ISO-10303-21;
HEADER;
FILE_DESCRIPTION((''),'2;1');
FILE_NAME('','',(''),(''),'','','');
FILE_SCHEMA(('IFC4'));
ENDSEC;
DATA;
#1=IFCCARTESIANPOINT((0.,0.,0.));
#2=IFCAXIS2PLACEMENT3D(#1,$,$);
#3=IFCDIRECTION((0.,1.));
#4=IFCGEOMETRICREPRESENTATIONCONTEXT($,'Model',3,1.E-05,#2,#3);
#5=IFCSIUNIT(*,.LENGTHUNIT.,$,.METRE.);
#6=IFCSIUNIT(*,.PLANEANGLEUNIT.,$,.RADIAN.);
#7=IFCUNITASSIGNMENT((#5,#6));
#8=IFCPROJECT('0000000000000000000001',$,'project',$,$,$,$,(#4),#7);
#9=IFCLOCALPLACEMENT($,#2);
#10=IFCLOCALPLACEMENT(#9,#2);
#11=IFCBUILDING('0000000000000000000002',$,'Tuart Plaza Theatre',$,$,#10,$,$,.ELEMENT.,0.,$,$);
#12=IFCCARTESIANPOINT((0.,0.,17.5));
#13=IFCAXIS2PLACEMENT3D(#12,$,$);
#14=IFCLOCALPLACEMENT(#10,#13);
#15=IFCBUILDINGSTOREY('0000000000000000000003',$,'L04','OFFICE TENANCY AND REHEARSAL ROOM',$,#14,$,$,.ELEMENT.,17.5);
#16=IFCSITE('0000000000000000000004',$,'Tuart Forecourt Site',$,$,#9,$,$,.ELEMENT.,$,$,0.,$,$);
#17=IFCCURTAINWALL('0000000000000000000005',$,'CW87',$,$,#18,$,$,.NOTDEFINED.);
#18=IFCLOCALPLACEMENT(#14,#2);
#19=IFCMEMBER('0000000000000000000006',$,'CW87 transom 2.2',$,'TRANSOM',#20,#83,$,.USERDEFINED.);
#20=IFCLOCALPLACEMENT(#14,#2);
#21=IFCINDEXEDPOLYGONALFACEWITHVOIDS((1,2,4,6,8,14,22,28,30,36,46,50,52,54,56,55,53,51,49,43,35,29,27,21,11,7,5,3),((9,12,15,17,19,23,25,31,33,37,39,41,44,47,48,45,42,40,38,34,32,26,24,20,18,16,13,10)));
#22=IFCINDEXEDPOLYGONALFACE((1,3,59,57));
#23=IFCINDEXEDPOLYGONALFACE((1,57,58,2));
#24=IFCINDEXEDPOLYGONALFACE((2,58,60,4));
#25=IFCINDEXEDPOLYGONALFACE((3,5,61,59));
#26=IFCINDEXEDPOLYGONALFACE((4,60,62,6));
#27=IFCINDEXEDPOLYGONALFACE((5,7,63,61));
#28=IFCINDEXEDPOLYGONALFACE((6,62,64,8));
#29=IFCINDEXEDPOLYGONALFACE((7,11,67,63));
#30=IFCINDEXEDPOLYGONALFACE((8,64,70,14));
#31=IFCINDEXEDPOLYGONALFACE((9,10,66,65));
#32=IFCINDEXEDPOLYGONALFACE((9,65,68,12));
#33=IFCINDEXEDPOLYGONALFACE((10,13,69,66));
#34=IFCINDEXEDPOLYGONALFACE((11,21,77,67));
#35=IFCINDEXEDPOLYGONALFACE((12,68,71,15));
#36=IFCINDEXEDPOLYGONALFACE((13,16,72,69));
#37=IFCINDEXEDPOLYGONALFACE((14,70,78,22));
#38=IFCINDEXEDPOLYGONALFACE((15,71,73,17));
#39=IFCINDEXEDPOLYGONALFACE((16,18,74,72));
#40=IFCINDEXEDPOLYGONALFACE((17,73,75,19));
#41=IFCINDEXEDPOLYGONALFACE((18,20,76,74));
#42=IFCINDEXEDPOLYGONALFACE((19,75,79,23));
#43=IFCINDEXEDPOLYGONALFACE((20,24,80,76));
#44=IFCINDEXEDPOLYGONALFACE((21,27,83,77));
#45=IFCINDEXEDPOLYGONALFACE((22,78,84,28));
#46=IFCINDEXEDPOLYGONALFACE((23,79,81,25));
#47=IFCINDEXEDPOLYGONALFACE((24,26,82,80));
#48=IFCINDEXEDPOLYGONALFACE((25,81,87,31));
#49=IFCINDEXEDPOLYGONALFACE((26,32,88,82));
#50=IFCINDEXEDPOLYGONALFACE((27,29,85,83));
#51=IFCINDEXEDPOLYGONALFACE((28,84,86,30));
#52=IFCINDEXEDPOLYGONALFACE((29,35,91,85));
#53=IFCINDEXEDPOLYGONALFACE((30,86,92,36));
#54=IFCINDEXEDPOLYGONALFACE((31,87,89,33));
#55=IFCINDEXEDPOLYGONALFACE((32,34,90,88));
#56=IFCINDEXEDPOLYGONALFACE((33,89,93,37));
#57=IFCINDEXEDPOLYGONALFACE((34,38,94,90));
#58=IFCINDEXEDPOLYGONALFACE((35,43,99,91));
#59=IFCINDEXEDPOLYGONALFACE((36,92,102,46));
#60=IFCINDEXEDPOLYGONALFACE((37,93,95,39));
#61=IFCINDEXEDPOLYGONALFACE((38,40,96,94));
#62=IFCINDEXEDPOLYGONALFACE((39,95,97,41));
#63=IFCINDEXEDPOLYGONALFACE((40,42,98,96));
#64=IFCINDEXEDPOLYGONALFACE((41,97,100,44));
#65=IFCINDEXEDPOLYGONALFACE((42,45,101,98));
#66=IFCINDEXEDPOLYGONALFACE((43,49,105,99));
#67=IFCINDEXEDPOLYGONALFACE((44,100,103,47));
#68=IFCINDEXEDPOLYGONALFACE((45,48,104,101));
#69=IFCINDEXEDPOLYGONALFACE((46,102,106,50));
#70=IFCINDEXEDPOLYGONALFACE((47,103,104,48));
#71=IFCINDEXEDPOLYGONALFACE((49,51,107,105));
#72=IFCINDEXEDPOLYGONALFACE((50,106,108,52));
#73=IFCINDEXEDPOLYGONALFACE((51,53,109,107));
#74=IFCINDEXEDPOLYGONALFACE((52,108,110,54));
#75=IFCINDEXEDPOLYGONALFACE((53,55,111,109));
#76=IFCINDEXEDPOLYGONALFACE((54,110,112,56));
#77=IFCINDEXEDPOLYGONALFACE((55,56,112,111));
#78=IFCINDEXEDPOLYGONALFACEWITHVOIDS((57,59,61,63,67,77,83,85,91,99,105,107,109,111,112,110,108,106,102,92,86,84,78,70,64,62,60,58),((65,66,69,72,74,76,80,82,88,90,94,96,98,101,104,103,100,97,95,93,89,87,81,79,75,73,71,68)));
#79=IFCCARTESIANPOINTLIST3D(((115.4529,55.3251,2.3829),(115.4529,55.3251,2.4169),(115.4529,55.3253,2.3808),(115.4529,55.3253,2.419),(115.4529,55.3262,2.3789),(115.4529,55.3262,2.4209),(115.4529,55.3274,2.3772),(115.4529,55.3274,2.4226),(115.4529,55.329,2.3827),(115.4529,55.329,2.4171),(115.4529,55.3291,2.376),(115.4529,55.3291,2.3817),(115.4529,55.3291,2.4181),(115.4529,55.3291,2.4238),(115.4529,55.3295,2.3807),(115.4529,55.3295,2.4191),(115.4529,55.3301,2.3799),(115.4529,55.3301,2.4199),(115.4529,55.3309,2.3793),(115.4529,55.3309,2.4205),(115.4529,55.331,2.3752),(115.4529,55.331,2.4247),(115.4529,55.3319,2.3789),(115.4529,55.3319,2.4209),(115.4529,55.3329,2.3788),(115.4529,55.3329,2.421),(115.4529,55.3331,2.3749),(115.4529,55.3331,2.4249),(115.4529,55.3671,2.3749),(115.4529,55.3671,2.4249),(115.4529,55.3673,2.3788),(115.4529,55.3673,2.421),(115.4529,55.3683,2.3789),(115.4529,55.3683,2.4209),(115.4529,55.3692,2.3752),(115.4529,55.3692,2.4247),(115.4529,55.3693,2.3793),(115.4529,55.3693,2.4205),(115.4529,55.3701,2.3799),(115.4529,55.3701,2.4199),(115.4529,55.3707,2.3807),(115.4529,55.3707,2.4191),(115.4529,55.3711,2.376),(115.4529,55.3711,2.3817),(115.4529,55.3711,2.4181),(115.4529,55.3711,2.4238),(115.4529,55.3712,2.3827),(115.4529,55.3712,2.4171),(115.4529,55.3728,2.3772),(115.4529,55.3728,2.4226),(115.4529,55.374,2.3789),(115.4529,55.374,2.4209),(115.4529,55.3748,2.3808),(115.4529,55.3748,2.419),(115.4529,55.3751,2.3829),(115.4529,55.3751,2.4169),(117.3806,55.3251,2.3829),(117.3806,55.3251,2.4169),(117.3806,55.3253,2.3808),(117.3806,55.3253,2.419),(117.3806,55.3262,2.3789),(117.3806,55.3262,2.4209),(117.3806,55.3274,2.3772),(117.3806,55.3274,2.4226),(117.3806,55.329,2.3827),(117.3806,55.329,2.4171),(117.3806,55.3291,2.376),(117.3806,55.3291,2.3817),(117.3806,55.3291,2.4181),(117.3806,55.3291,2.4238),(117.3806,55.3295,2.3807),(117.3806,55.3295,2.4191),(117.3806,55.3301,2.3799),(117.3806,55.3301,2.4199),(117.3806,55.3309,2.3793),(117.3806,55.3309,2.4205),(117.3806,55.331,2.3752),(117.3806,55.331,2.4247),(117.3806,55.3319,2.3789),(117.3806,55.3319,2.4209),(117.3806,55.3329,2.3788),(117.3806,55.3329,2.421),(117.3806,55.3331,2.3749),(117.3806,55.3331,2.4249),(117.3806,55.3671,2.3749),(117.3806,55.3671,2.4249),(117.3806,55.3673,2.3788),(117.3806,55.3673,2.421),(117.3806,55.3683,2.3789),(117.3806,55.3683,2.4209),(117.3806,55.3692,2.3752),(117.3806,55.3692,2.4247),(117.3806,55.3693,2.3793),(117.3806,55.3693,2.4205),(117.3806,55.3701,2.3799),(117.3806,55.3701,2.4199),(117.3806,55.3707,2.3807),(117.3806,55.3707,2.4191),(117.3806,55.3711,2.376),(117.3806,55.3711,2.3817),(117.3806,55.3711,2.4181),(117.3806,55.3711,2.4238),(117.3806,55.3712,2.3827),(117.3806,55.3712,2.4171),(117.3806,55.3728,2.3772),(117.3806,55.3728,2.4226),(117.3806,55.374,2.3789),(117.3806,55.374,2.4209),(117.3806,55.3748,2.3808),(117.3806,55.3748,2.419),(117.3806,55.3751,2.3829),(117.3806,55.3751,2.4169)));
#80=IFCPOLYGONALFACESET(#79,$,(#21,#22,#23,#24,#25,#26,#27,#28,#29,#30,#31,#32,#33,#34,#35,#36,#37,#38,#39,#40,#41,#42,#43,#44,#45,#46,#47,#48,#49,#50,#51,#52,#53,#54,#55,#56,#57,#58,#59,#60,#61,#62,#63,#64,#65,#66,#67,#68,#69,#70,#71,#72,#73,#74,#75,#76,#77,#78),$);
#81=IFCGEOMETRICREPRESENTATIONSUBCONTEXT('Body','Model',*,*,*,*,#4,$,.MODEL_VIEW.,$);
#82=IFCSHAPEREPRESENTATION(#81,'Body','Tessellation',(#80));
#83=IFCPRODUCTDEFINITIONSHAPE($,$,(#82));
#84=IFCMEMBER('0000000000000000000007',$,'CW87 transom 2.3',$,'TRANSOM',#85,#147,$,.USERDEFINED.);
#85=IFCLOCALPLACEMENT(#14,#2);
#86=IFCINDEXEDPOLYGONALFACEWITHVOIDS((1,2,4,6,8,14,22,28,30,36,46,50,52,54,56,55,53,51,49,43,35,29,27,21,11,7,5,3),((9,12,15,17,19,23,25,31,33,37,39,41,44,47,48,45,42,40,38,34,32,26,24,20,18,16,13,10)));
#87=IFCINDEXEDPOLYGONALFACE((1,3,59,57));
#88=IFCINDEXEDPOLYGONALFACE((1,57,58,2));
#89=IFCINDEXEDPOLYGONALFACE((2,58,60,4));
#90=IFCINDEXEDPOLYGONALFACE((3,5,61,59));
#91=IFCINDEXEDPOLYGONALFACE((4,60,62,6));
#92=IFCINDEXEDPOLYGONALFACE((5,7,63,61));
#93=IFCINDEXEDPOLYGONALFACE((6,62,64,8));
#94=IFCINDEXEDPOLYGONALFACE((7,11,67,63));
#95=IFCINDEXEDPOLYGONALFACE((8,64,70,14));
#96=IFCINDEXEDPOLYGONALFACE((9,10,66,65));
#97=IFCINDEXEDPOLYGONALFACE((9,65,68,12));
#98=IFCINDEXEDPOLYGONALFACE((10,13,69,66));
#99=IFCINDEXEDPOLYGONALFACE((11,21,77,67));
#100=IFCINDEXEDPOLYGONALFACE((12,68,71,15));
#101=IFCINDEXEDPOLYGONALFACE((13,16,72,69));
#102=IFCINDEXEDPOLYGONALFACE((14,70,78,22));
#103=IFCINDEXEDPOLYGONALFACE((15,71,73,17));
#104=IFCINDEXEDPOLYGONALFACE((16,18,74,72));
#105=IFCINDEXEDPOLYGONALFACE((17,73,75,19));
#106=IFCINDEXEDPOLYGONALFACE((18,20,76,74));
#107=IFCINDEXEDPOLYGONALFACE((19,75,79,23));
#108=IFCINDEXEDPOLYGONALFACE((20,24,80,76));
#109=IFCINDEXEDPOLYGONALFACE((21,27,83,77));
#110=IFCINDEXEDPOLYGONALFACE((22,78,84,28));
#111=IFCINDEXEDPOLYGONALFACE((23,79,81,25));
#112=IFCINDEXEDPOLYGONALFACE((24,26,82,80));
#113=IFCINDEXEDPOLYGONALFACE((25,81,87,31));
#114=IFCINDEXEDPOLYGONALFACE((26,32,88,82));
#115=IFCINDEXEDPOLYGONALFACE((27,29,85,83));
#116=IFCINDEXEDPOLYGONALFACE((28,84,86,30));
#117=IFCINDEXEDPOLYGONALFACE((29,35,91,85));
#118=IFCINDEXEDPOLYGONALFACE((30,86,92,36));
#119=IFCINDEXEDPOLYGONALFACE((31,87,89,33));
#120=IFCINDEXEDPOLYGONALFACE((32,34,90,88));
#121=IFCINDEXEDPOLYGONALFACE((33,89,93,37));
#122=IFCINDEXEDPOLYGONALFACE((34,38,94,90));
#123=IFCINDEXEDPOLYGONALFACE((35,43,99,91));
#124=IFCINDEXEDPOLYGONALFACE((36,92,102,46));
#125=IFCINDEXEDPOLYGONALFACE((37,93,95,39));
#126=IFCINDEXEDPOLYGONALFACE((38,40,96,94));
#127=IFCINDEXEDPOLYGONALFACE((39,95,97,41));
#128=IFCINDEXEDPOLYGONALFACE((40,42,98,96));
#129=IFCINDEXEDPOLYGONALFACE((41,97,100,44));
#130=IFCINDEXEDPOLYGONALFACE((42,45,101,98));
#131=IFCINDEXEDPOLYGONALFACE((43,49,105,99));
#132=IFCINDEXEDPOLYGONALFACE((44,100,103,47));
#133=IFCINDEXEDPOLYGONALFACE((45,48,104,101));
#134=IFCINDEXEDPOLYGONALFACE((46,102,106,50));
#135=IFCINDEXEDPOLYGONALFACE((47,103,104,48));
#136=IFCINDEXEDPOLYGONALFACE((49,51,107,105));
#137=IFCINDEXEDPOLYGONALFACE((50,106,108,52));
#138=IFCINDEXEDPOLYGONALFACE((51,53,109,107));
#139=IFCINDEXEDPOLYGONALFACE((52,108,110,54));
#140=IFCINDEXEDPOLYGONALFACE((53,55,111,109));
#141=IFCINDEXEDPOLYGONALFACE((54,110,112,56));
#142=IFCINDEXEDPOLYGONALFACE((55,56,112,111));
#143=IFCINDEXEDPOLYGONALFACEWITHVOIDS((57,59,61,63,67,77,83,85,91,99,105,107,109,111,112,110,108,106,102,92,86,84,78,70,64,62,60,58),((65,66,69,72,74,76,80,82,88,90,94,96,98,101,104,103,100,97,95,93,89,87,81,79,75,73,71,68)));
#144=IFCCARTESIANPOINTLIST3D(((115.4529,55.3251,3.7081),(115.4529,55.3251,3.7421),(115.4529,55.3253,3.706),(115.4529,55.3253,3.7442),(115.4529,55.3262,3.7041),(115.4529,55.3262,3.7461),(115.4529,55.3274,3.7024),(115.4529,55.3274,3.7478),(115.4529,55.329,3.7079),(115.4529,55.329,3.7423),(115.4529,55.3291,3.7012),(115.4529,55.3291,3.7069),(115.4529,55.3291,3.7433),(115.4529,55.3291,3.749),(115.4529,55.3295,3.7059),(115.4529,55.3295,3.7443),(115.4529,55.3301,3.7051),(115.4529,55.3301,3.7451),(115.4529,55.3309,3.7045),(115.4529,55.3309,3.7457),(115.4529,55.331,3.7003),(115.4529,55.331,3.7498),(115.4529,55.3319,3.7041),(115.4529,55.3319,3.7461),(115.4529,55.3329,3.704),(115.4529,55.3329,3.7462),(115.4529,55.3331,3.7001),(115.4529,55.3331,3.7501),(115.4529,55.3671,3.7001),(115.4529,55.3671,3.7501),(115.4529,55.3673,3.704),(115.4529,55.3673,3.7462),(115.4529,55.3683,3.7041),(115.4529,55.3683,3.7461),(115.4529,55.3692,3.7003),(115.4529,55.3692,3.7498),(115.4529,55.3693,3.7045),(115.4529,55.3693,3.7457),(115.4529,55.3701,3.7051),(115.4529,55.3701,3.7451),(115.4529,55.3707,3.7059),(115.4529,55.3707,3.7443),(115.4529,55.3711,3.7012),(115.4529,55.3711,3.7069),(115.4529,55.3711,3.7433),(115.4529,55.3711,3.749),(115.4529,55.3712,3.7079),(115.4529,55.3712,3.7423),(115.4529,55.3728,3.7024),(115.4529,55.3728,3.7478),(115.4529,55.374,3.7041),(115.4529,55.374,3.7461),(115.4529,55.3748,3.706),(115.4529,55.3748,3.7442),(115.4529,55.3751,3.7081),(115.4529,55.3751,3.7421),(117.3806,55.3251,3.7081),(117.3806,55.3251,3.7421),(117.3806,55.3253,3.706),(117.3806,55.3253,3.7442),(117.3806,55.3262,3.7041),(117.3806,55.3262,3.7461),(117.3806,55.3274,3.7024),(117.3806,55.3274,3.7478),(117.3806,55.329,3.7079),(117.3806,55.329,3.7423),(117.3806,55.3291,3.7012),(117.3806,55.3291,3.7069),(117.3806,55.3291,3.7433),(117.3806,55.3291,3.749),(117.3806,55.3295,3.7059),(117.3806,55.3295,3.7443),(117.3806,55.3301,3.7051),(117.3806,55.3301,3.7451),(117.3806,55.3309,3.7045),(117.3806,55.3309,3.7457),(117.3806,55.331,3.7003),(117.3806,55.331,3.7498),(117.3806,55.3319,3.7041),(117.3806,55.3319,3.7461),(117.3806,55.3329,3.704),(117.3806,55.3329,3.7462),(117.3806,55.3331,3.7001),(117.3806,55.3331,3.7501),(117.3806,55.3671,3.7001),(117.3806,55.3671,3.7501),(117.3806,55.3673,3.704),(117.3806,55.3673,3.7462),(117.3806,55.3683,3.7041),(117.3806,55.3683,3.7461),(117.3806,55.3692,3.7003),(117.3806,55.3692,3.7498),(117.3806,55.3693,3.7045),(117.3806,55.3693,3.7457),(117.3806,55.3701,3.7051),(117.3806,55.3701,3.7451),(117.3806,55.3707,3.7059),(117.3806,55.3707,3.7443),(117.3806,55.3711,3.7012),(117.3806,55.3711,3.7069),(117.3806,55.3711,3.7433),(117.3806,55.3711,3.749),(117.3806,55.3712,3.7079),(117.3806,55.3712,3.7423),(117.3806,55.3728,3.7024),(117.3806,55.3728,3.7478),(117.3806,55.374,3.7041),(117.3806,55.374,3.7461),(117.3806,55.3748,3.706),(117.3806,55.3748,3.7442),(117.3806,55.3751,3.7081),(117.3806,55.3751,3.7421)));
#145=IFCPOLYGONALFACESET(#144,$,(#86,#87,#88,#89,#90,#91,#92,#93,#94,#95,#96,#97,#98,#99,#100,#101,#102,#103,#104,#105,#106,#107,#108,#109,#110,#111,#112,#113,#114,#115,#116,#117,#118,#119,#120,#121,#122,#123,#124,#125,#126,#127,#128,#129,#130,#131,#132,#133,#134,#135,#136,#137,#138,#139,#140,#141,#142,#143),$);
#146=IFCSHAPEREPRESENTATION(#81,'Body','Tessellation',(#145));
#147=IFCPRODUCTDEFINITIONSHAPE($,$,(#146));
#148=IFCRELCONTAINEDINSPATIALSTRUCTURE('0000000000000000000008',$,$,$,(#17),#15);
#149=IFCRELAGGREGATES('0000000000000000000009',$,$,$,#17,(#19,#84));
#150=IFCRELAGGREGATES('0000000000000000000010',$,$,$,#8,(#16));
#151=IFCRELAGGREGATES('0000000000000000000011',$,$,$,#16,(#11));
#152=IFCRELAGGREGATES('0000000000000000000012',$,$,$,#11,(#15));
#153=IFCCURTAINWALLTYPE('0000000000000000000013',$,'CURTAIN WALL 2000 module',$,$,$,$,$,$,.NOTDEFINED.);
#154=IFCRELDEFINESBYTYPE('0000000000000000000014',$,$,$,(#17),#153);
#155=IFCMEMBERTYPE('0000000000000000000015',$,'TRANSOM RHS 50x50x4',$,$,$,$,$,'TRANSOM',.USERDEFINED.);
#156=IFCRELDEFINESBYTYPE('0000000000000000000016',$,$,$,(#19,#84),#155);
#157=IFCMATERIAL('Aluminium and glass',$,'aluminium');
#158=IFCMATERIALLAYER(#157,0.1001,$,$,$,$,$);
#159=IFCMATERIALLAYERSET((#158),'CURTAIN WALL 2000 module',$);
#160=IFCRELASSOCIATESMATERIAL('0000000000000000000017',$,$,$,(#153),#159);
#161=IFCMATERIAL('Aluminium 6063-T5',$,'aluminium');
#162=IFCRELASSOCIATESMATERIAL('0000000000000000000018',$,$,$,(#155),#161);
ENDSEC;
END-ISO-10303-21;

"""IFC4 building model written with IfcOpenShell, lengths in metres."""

from ifc_helpers import new_model, si_unit, direction, frame, origin, origin_2d, place, context, subcontext, project, spatial, hollow_rectangle, extrude, material, layer, layer_set, material_profile, profile_set, type_object, element, aggregate, save


model = new_model("IFC4")

# Units and contexts
model_context = context("Model", 3, precision=1e-05, world=origin(), true_north=direction((0.0, 1.0)))
body_context = subcontext(model_context, "Body", "Model", "MODEL_VIEW")
ifc_project = project(units=[si_unit("LENGTHUNIT", "METRE"), si_unit("PLANEANGLEUNIT", "RADIAN")], contexts=[model_context])

# Site, building, storey
site_placement = place(None, origin())
site = spatial("IfcSite", under=ifc_project, at=site_placement, Name="Tuart Forecourt Site", CompositionType="ELEMENT", RefElevation=0.0)
building_placement = place(site_placement, origin())
building = spatial("IfcBuilding", under=site, at=building_placement, Name="Tuart Plaza Theatre", CompositionType="ELEMENT", ElevationOfRefHeight=0.0)
storey_placement = place(building_placement, frame((0.0, 0.0, 17.5)))
storey = spatial("IfcBuildingStorey", under=building, at=storey_placement, Name="L04", Description="OFFICE TENANCY AND REHEARSAL ROOM", CompositionType="ELEMENT", Elevation=17.5)

# Curtain wall, members
ifc_material_1 = material(Name="Aluminium and glass", Category="aluminium")
ifc_layer_1 = layer(ifc_material_1, 0.1001)
ifc_layer_set_1 = layer_set([ifc_layer_1], Name="CURTAIN WALL 2000 module")
curtain_wall_type = type_object("IfcCurtainWallType", Name="CURTAIN WALL 2000 module", PredefinedType="NOTDEFINED", material=ifc_layer_set_1)
curtain_wall_placement = place(storey_placement, origin())
curtain_wall = element("IfcCurtainWall", 1, at=curtain_wall_placement, inside=storey, type_object=curtain_wall_type, Name="CW87", PredefinedType="NOTDEFINED")
ifc_material_2 = material(Name="Aluminium 6063-T5", Category="aluminium")
ifc_material_profile_1 = material_profile(ifc_material_2, hollow_rectangle(XDim=0.05, YDim=0.05, WallThickness=0.0039, InnerFilletRadius=0.0039, OuterFilletRadius=0.0081, at=origin_2d()), Name="RHS 50x50x4")
ifc_profile_set_1 = profile_set([ifc_material_profile_1], Name="Aluminium 6063-T5")
member_type_1 = type_object("IfcMemberType", Name="TRANSOM RHS 50x50x4", ElementType="TRANSOM", PredefinedType="USERDEFINED", material=ifc_profile_set_1)
member_1_placement = place(storey_placement, frame((115.4529, 55.3501, 2.3999), z_axis=(1.0, 0.0, 0.0), x_axis=(0.0, 1.0, 0.0)))
member_1 = element("IfcMember", 2, at=member_1_placement, type_object=member_type_1, Name="CW87 transom 2.2", ObjectType="TRANSOM", PredefinedType="USERDEFINED", context=body_context, shape_type="SweptSolid", body=[
    extrude(hollow_rectangle(XDim=0.05, YDim=0.05, WallThickness=0.0039, InnerFilletRadius=0.0039, OuterFilletRadius=0.0081, at=origin_2d()), origin(), (0.0, 0.0, 1.0), 1.9277),
])
member_2_placement = place(storey_placement, frame((115.4529, 55.3501, 3.7251), z_axis=(1.0, 0.0, 0.0), x_axis=(0.0, 1.0, 0.0)))
member_2 = element("IfcMember", 3, at=member_2_placement, type_object=member_type_1, Name="CW87 transom 2.3", ObjectType="TRANSOM", PredefinedType="USERDEFINED", context=body_context, shape_type="SweptSolid", body=[
    extrude(hollow_rectangle(XDim=0.05, YDim=0.05, WallThickness=0.0039, InnerFilletRadius=0.0039, OuterFilletRadius=0.0081, at=origin_2d()), origin(), (0.0, 0.0, 1.0), 1.9277),
])
aggregate(curtain_wall, [member_1, member_2])

save(model, "model.ifc")
